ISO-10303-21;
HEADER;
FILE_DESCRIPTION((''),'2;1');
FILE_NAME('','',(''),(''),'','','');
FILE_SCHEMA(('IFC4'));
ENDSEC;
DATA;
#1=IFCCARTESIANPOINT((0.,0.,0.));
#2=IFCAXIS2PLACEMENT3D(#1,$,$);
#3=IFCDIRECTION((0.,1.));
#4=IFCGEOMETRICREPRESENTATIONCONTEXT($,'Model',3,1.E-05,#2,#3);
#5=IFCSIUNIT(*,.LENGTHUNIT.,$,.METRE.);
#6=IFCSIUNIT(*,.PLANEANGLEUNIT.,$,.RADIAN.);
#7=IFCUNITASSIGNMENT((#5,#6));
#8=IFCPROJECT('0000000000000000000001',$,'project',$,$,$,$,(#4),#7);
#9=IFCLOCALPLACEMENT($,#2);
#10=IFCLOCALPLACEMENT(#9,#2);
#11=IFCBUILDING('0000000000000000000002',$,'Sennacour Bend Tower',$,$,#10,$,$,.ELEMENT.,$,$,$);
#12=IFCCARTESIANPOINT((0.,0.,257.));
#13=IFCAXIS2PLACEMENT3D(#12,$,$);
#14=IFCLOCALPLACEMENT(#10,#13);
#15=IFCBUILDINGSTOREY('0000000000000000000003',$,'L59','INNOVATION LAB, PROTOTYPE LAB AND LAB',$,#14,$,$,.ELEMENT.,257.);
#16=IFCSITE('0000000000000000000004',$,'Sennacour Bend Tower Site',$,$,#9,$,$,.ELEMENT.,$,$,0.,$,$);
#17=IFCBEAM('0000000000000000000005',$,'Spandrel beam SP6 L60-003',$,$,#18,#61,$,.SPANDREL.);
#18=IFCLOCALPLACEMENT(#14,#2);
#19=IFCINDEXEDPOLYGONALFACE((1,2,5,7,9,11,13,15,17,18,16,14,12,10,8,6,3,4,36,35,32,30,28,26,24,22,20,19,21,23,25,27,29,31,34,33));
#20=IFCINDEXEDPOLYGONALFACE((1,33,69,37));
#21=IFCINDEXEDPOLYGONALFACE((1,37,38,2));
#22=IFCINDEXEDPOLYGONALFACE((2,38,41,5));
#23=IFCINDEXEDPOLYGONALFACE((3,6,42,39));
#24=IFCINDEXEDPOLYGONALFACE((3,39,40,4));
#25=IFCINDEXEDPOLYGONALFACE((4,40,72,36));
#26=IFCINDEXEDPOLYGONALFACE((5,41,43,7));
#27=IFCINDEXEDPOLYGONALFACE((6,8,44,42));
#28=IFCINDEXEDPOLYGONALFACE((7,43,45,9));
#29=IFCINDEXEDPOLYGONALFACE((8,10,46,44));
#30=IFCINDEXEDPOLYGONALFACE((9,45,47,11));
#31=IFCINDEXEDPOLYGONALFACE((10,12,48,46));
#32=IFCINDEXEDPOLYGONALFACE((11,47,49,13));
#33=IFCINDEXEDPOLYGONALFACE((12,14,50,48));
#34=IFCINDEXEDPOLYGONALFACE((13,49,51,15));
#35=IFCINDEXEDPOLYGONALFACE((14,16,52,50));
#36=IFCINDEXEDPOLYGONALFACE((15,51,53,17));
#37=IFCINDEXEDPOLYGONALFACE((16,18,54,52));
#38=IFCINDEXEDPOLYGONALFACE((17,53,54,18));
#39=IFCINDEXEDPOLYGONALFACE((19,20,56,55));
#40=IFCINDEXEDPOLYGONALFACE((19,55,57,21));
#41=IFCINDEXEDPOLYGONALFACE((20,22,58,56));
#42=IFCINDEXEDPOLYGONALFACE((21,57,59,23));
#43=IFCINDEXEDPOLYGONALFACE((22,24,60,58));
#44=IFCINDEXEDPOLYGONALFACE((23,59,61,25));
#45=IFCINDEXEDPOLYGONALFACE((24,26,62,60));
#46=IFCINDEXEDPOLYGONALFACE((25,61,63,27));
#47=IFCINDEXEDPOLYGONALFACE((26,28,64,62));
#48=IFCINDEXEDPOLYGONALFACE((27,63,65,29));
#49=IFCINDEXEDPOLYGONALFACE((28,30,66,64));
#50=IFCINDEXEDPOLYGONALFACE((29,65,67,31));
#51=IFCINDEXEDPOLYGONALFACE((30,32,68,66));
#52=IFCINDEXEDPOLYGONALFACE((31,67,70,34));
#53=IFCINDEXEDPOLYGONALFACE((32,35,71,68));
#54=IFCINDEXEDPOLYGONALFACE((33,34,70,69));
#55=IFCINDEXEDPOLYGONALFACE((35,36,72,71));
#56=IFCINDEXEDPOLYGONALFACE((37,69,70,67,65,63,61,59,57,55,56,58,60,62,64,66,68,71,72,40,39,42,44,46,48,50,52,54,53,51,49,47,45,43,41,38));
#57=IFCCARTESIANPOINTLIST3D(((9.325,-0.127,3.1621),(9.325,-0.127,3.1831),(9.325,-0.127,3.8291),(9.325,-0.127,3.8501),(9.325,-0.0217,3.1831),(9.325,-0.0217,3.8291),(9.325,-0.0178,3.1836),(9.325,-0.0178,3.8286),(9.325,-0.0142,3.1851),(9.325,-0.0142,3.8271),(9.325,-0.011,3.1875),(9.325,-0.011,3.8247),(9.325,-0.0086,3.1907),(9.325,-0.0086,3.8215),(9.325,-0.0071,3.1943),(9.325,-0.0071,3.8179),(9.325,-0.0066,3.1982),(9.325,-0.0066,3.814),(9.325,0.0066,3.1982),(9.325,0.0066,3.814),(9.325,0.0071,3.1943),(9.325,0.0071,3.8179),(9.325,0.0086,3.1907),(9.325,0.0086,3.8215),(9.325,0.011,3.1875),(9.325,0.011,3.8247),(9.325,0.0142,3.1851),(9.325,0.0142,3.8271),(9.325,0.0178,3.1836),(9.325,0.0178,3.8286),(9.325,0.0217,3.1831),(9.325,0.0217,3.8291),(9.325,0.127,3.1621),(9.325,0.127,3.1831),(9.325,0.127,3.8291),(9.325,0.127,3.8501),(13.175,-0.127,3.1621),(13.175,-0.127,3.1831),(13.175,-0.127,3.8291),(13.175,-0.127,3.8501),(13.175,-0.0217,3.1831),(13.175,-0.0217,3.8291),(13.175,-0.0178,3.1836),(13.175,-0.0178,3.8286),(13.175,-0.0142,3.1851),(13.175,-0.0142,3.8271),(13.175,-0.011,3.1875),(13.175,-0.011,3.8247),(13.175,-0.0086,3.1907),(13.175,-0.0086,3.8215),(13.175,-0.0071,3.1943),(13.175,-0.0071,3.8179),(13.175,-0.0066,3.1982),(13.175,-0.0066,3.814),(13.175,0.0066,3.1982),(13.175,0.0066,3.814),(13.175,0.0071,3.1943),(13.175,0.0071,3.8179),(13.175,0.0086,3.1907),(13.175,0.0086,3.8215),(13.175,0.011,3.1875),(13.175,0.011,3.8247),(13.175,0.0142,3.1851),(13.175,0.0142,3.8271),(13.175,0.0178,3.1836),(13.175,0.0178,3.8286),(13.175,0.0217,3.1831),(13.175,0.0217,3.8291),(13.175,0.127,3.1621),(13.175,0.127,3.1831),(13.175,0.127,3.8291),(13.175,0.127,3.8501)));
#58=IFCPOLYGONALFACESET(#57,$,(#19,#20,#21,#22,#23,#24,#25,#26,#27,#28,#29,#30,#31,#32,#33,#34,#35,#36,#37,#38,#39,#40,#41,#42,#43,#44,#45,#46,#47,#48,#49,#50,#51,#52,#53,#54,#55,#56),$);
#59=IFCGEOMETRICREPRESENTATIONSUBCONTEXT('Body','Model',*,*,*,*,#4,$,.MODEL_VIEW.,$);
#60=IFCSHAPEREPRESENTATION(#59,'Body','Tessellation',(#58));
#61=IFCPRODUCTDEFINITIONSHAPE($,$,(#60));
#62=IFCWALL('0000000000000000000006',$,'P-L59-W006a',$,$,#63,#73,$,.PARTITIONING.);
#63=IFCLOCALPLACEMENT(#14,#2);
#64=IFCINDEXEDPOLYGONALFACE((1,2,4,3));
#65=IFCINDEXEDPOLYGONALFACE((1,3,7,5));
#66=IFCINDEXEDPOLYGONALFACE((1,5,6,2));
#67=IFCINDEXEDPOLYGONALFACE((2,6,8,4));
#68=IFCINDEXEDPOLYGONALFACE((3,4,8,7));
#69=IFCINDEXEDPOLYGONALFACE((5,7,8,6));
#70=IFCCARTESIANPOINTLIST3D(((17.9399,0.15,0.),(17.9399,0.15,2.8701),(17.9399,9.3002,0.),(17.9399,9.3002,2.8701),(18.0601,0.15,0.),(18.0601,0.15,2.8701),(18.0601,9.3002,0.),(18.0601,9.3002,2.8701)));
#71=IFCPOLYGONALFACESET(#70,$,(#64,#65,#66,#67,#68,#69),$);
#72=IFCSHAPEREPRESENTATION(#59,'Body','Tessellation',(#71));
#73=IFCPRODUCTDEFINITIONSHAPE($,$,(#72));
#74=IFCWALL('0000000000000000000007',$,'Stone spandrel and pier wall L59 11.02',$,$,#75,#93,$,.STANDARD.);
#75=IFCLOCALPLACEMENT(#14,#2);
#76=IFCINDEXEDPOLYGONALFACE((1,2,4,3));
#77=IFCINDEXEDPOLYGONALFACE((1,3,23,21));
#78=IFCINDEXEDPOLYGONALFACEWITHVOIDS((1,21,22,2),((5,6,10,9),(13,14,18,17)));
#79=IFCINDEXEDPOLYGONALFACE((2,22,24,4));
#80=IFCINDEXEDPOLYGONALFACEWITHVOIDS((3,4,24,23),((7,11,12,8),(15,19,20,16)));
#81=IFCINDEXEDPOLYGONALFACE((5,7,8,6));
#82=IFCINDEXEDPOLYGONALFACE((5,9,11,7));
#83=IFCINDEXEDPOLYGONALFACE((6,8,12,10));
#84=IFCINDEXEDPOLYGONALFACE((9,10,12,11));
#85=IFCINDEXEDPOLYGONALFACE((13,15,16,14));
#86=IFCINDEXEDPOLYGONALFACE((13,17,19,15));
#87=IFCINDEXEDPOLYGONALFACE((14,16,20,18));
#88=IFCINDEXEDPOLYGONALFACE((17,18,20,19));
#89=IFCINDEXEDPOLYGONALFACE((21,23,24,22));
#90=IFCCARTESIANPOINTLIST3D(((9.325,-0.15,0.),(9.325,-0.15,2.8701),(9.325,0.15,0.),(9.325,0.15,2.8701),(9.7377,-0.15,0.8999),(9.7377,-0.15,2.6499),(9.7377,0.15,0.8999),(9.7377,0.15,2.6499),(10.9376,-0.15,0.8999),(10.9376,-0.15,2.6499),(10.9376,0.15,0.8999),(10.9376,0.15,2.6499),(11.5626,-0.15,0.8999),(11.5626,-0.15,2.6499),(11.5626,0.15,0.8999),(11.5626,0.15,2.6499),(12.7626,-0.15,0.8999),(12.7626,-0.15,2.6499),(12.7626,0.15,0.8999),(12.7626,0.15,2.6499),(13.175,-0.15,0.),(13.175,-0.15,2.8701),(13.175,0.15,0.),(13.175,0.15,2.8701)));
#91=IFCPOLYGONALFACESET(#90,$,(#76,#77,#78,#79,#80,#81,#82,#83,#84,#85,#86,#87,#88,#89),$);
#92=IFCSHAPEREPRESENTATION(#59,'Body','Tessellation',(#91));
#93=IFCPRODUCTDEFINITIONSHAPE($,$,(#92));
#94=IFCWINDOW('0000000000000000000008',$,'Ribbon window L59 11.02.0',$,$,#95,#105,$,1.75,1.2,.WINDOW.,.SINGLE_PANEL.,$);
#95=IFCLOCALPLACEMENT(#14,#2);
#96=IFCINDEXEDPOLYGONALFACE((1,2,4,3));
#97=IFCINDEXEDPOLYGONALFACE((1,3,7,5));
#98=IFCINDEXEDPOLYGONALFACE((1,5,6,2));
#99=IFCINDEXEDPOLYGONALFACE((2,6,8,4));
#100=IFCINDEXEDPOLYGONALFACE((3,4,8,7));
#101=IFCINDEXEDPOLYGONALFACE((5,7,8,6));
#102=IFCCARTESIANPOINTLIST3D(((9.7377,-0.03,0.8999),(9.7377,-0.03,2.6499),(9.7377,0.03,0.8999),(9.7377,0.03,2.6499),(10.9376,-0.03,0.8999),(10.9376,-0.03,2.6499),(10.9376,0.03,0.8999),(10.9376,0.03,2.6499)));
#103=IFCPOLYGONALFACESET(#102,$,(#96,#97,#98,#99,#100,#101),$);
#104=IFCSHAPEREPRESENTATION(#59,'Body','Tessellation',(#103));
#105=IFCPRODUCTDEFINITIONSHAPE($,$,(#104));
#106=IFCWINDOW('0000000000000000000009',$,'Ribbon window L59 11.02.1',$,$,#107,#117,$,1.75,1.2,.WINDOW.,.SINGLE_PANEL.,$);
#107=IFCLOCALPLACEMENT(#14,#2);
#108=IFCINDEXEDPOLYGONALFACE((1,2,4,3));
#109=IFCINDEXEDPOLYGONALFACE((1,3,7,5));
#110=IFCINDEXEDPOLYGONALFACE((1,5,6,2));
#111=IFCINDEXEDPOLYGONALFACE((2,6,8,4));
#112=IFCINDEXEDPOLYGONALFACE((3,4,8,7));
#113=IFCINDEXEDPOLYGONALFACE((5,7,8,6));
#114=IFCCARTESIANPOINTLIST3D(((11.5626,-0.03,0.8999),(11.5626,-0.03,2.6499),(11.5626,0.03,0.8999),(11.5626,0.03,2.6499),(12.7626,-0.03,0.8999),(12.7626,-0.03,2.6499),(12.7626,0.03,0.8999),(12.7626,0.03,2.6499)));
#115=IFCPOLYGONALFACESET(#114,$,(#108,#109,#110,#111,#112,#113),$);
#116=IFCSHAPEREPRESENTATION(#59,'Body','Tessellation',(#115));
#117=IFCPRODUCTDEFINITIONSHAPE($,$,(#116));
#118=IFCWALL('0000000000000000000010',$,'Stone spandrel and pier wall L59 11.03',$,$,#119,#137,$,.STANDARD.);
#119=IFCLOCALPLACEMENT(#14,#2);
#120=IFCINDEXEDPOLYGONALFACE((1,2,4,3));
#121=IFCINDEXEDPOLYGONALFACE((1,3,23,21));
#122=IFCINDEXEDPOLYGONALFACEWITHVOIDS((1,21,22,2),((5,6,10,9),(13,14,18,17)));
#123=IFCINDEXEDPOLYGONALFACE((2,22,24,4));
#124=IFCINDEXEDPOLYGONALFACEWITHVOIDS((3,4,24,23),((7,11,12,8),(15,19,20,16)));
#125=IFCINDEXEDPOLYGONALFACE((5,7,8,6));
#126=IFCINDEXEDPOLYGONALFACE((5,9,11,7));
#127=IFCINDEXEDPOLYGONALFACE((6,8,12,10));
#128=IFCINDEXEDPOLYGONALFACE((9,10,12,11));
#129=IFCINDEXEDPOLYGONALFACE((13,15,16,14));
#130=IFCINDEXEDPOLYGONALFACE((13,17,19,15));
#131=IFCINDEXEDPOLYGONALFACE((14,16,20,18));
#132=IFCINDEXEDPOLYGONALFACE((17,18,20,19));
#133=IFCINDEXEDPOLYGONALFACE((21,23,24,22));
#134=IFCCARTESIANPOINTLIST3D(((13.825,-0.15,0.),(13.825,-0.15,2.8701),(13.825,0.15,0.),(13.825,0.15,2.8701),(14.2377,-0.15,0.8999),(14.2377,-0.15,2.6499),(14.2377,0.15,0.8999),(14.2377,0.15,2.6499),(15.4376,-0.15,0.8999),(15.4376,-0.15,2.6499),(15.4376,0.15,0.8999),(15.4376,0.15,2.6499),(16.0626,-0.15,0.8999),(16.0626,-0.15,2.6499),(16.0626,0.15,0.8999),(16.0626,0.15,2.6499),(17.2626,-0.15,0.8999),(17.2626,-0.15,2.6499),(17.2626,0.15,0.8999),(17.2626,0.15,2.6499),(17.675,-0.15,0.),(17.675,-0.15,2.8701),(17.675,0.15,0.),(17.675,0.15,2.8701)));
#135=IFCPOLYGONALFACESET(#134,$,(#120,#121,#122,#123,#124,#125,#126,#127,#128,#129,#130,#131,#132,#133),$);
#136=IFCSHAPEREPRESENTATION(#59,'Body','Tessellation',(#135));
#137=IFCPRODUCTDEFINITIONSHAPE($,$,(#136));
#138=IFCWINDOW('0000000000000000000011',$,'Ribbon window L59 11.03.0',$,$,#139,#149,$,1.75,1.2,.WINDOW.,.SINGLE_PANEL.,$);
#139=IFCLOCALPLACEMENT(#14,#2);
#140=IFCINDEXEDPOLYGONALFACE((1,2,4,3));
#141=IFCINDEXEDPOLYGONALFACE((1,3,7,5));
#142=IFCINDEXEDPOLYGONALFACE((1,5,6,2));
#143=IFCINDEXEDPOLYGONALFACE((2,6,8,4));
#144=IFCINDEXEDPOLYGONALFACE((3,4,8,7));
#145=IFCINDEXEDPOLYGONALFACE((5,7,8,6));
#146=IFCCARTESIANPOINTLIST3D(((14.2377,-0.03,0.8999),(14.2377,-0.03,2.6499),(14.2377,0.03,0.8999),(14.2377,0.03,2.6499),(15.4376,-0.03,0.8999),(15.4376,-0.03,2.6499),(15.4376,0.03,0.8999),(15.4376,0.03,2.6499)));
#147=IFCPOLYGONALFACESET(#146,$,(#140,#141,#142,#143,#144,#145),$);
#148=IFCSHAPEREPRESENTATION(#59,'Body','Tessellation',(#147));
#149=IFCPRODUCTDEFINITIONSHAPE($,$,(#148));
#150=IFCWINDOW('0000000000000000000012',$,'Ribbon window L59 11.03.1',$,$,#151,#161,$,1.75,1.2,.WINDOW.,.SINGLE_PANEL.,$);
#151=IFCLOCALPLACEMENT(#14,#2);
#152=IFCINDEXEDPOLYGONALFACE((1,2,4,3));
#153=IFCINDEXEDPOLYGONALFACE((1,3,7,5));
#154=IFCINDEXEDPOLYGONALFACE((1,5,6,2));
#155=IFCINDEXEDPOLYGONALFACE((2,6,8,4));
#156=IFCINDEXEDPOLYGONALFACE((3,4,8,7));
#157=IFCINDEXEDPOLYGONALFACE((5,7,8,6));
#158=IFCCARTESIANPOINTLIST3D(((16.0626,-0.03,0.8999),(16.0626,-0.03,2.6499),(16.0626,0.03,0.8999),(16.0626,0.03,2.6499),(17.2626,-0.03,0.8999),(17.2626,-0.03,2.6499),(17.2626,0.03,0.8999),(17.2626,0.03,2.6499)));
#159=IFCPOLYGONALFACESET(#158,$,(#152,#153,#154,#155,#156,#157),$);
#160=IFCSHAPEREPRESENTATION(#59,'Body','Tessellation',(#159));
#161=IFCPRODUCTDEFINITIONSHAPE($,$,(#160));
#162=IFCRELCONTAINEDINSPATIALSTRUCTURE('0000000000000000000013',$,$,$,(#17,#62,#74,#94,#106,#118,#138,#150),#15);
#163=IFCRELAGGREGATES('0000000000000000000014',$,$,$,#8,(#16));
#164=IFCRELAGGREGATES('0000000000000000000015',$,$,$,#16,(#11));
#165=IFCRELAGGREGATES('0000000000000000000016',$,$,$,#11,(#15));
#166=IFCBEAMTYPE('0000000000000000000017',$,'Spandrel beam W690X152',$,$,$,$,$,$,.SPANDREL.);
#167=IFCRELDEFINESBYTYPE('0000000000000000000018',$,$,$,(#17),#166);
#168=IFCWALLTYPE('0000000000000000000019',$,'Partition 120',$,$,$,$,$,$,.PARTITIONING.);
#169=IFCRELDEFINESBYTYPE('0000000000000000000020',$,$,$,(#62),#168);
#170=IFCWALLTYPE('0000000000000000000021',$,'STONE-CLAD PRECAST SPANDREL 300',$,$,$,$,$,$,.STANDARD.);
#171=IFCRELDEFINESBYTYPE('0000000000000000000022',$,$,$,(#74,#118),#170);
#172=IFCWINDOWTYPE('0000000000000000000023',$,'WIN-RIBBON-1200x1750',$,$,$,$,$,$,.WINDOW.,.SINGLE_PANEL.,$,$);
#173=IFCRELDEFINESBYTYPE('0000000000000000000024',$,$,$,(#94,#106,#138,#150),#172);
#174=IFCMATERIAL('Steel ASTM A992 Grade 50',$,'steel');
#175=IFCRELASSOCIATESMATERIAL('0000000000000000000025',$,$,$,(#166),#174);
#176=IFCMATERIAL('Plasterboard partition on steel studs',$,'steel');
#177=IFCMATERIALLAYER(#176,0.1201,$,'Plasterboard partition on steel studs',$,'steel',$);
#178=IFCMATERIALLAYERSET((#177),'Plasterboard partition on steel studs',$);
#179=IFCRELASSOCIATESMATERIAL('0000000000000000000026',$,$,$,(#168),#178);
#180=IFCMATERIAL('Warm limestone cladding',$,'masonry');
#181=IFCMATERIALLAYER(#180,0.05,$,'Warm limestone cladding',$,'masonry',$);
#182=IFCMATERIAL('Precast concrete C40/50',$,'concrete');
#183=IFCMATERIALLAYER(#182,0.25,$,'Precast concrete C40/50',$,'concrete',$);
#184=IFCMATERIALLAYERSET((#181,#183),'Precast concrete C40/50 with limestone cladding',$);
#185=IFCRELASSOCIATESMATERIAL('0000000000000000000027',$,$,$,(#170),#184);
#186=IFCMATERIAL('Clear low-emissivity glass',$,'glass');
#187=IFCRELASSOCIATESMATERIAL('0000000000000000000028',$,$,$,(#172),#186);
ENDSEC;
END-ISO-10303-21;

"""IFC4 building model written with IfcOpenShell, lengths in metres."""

from ifc_helpers import new_model, si_unit, direction, frame, frame_2d, origin, origin_2d, place, context, subcontext, project, spatial, rectangle, i_section, extrude, material, layer, layer_set, material_profile, profile_set, type_object, element, fill, save


model = new_model("IFC4")

# Units and contexts
model_context = context("Model", 3, precision=1e-05, world=origin(), true_north=direction((0.0, 1.0)))
body_context = subcontext(model_context, "Body", "Model", "MODEL_VIEW")
ifc_project = project(units=[si_unit("LENGTHUNIT", "METRE"), si_unit("PLANEANGLEUNIT", "RADIAN")], contexts=[model_context])

# Site, building, storey
site_placement = place(None, origin())
site = spatial("IfcSite", under=ifc_project, at=site_placement, Name="Sennacour Bend Tower Site", CompositionType="ELEMENT", RefElevation=0.0)
building_placement = place(site_placement, origin())
building = spatial("IfcBuilding", under=site, at=building_placement, Name="Sennacour Bend Tower", CompositionType="ELEMENT")
storey_placement = place(building_placement, frame((0.0, 0.0, 257.0)))
storey = spatial("IfcBuildingStorey", under=building, at=storey_placement, Name="L59", Description="INNOVATION LAB, PROTOTYPE LAB AND LAB", CompositionType="ELEMENT", Elevation=257.0)

# Beam
ifc_material_1 = material(Name="Steel ASTM A992 Grade 50", Category="steel")
ifc_material_profile_1 = material_profile(ifc_material_1, i_section(OverallWidth=0.2539, OverallDepth=0.688, WebThickness=0.0132, FlangeThickness=0.021, FilletRadius=0.0151, at=origin_2d()), Name="Steel ASTM A992 Grade 50", Category="steel")
ifc_profile_set_1 = profile_set([ifc_material_profile_1], Name="Steel ASTM A992 Grade 50")
beam_type_1 = type_object("IfcBeamType", Name="Spandrel beam W690X152", PredefinedType="SPANDREL", material=ifc_profile_set_1)
for number, where, z_axis, x_axis, name in (
    (1, (13.175, 0.0, 3.5061), (-1.0, 0.0, 0.0), (0.0, -1.0, 0.0), "Spandrel beam SP6 L60-003"),
):
    element("IfcBeam", number, at=place(storey_placement, frame(where, z_axis=z_axis, x_axis=x_axis)), inside=storey, type_object=beam_type_1, Name=name, PredefinedType="SPANDREL", context=body_context, shape_type="SweptSolid", body=[
        extrude(i_section(OverallWidth=0.2539, OverallDepth=0.688, WebThickness=0.0132, FlangeThickness=0.021, FilletRadius=0.0151, at=origin_2d()), origin(), (0.0, 0.0, 1.0), 3.8501),
    ])

# Wall
ifc_material_2 = material(Name="Plasterboard partition on steel studs", Category="steel")
ifc_layer_1 = layer(ifc_material_2, 0.1201, Name="Plasterboard partition on steel studs", Category="steel")
ifc_layer_set_1 = layer_set([ifc_layer_1], Name="Plasterboard partition on steel studs")
wall_type_1 = type_object("IfcWallType", Name="Partition 120", PredefinedType="PARTITIONING", material=ifc_layer_set_1)
wall_1_placement = place(storey_placement, frame((18.0, 0.1499, 0.0), z_axis=(0.0, 0.0, 1.0), x_axis=(0.0, 1.0, 0.0)))
element("IfcWall", 2, at=wall_1_placement, inside=storey, type_object=wall_type_1, Name="P-L59-W006a", PredefinedType="PARTITIONING", context=body_context, shape_type="SweptSolid", body=[
    extrude(rectangle(XDim=9.1501, YDim=0.1201, at=frame_2d((4.5752, 0.0))), origin(), (0.0, 0.0, 1.0), 2.8701),
])

# Walls, openings, windows
ifc_material_3 = material(Name="Warm limestone cladding", Category="masonry")
ifc_layer_2 = layer(ifc_material_3, 0.05, Name="Warm limestone cladding", Category="masonry")
ifc_material_4 = material(Name="Precast concrete C40/50", Category="concrete")
ifc_layer_3 = layer(ifc_material_4, 0.25, Name="Precast concrete C40/50", Category="concrete")
ifc_layer_set_2 = layer_set([ifc_layer_2, ifc_layer_3], Name="Precast concrete C40/50 with limestone cladding")
wall_type_2 = type_object("IfcWallType", Name="STONE-CLAD PRECAST SPANDREL 300", PredefinedType="STANDARD", material=ifc_layer_set_2)
wall_2_placement = place(storey_placement, frame((9.325, 0.0, 0.0), z_axis=(0.0, 0.0, 1.0), x_axis=(1.0, 0.0, 0.0)))
wall_2 = element("IfcWall", 3, at=wall_2_placement, inside=storey, type_object=wall_type_2, Name="Stone spandrel and pier wall L59 11.02", PredefinedType="STANDARD", context=body_context, shape_type="SweptSolid", body=[
    extrude(rectangle(XDim=3.8501, YDim=0.3, at=frame_2d((1.925, 0.0))), origin(), (0.0, 0.0, 1.0), 2.8701),
])
opening_1_placement = place(wall_2_placement, frame((0.4126, 0.0, 0.8999)))
opening_1 = element("IfcOpeningElement", 4, at=opening_1_placement, cuts=wall_2, PredefinedType="OPENING", context=body_context, shape_type="SweptSolid", body=[
    extrude(rectangle(XDim=1.2, YDim=1.75, at=frame_2d((0.6001, 0.875))), frame((0.0, 0.1602, 0.0), z_axis=(0.0, -1.0, 0.0), x_axis=(1.0, 0.0, 0.0)), (0.0, 0.0, 1.0), 0.3201),
])
opening_2_placement = place(wall_2_placement, frame((2.2375, 0.0, 0.8999)))
opening_2 = element("IfcOpeningElement", 5, at=opening_2_placement, cuts=wall_2, PredefinedType="OPENING", context=body_context, shape_type="SweptSolid", body=[
    extrude(rectangle(XDim=1.2, YDim=1.75, at=frame_2d((0.6001, 0.875))), frame((0.0, 0.1602, 0.0), z_axis=(0.0, -1.0, 0.0), x_axis=(1.0, 0.0, 0.0)), (0.0, 0.0, 1.0), 0.3201),
])
ifc_material_5 = material(Name="Clear low-emissivity glass", Category="glass")
window_type = type_object("IfcWindowType", Name="WIN-RIBBON-1200x1750", PartitioningType="SINGLE_PANEL", PredefinedType="WINDOW", material=ifc_material_5)
window_1_placement = place(opening_1_placement, origin())
window_1 = element("IfcWindow", 6, at=window_1_placement, inside=storey, type_object=window_type, Name="Ribbon window L59 11.02.0", OverallHeight=1.75, OverallWidth=1.2, PartitioningType="SINGLE_PANEL", PredefinedType="WINDOW", context=body_context, shape_type="SweptSolid", body=[
    extrude(rectangle(XDim=1.2, YDim=1.75, at=frame_2d((0.6001, 0.875))), frame((0.0, 0.03, 0.0), z_axis=(0.0, -1.0, 0.0), x_axis=(1.0, 0.0, 0.0)), (0.0, 0.0, 1.0), 0.0601),
])
fill(opening_1, window_1)
window_2_placement = place(opening_2_placement, origin())
window_2 = element("IfcWindow", 7, at=window_2_placement, inside=storey, type_object=window_type, Name="Ribbon window L59 11.02.1", OverallHeight=1.75, OverallWidth=1.2, PartitioningType="SINGLE_PANEL", PredefinedType="WINDOW", context=body_context, shape_type="SweptSolid", body=[
    extrude(rectangle(XDim=1.2, YDim=1.75, at=frame_2d((0.6001, 0.875))), frame((0.0, 0.03, 0.0), z_axis=(0.0, -1.0, 0.0), x_axis=(1.0, 0.0, 0.0)), (0.0, 0.0, 1.0), 0.0601),
])
fill(opening_2, window_2)
wall_3_placement = place(storey_placement, frame((13.825, 0.0, 0.0), z_axis=(0.0, 0.0, 1.0), x_axis=(1.0, 0.0, 0.0)))
wall_3 = element("IfcWall", 8, at=wall_3_placement, inside=storey, type_object=wall_type_2, Name="Stone spandrel and pier wall L59 11.03", PredefinedType="STANDARD", context=body_context, shape_type="SweptSolid", body=[
    extrude(rectangle(XDim=3.8501, YDim=0.3, at=frame_2d((1.925, 0.0))), origin(), (0.0, 0.0, 1.0), 2.8701),
])
opening_3_placement = place(wall_3_placement, frame((0.4126, 0.0, 0.8999)))
opening_3 = element("IfcOpeningElement", 9, at=opening_3_placement, cuts=wall_3, PredefinedType="OPENING", context=body_context, shape_type="SweptSolid", body=[
    extrude(rectangle(XDim=1.2, YDim=1.75, at=frame_2d((0.6001, 0.875))), frame((0.0, 0.1602, 0.0), z_axis=(0.0, -1.0, 0.0), x_axis=(1.0, 0.0, 0.0)), (0.0, 0.0, 1.0), 0.3201),
])
opening_4_placement = place(wall_3_placement, frame((2.2375, 0.0, 0.8999)))
opening_4 = element("IfcOpeningElement", 10, at=opening_4_placement, cuts=wall_3, PredefinedType="OPENING", context=body_context, shape_type="SweptSolid", body=[
    extrude(rectangle(XDim=1.2, YDim=1.75, at=frame_2d((0.6001, 0.875))), frame((0.0, 0.1602, 0.0), z_axis=(0.0, -1.0, 0.0), x_axis=(1.0, 0.0, 0.0)), (0.0, 0.0, 1.0), 0.3201),
])
window_3_placement = place(opening_3_placement, origin())
window_3 = element("IfcWindow", 11, at=window_3_placement, inside=storey, type_object=window_type, Name="Ribbon window L59 11.03.0", OverallHeight=1.75, OverallWidth=1.2, PartitioningType="SINGLE_PANEL", PredefinedType="WINDOW", context=body_context, shape_type="SweptSolid", body=[
    extrude(rectangle(XDim=1.2, YDim=1.75, at=frame_2d((0.6001, 0.875))), frame((0.0, 0.03, 0.0), z_axis=(0.0, -1.0, 0.0), x_axis=(1.0, 0.0, 0.0)), (0.0, 0.0, 1.0), 0.0601),
])
fill(opening_3, window_3)
window_4_placement = place(opening_4_placement, origin())
window_4 = element("IfcWindow", 12, at=window_4_placement, inside=storey, type_object=window_type, Name="Ribbon window L59 11.03.1", OverallHeight=1.75, OverallWidth=1.2, PartitioningType="SINGLE_PANEL", PredefinedType="WINDOW", context=body_context, shape_type="SweptSolid", body=[
    extrude(rectangle(XDim=1.2, YDim=1.75, at=frame_2d((0.6001, 0.875))), frame((0.0, 0.03, 0.0), z_axis=(0.0, -1.0, 0.0), x_axis=(1.0, 0.0, 0.0)), (0.0, 0.0, 1.0), 0.0601),
])
fill(opening_4, window_4)

save(model, "model.ifc")
